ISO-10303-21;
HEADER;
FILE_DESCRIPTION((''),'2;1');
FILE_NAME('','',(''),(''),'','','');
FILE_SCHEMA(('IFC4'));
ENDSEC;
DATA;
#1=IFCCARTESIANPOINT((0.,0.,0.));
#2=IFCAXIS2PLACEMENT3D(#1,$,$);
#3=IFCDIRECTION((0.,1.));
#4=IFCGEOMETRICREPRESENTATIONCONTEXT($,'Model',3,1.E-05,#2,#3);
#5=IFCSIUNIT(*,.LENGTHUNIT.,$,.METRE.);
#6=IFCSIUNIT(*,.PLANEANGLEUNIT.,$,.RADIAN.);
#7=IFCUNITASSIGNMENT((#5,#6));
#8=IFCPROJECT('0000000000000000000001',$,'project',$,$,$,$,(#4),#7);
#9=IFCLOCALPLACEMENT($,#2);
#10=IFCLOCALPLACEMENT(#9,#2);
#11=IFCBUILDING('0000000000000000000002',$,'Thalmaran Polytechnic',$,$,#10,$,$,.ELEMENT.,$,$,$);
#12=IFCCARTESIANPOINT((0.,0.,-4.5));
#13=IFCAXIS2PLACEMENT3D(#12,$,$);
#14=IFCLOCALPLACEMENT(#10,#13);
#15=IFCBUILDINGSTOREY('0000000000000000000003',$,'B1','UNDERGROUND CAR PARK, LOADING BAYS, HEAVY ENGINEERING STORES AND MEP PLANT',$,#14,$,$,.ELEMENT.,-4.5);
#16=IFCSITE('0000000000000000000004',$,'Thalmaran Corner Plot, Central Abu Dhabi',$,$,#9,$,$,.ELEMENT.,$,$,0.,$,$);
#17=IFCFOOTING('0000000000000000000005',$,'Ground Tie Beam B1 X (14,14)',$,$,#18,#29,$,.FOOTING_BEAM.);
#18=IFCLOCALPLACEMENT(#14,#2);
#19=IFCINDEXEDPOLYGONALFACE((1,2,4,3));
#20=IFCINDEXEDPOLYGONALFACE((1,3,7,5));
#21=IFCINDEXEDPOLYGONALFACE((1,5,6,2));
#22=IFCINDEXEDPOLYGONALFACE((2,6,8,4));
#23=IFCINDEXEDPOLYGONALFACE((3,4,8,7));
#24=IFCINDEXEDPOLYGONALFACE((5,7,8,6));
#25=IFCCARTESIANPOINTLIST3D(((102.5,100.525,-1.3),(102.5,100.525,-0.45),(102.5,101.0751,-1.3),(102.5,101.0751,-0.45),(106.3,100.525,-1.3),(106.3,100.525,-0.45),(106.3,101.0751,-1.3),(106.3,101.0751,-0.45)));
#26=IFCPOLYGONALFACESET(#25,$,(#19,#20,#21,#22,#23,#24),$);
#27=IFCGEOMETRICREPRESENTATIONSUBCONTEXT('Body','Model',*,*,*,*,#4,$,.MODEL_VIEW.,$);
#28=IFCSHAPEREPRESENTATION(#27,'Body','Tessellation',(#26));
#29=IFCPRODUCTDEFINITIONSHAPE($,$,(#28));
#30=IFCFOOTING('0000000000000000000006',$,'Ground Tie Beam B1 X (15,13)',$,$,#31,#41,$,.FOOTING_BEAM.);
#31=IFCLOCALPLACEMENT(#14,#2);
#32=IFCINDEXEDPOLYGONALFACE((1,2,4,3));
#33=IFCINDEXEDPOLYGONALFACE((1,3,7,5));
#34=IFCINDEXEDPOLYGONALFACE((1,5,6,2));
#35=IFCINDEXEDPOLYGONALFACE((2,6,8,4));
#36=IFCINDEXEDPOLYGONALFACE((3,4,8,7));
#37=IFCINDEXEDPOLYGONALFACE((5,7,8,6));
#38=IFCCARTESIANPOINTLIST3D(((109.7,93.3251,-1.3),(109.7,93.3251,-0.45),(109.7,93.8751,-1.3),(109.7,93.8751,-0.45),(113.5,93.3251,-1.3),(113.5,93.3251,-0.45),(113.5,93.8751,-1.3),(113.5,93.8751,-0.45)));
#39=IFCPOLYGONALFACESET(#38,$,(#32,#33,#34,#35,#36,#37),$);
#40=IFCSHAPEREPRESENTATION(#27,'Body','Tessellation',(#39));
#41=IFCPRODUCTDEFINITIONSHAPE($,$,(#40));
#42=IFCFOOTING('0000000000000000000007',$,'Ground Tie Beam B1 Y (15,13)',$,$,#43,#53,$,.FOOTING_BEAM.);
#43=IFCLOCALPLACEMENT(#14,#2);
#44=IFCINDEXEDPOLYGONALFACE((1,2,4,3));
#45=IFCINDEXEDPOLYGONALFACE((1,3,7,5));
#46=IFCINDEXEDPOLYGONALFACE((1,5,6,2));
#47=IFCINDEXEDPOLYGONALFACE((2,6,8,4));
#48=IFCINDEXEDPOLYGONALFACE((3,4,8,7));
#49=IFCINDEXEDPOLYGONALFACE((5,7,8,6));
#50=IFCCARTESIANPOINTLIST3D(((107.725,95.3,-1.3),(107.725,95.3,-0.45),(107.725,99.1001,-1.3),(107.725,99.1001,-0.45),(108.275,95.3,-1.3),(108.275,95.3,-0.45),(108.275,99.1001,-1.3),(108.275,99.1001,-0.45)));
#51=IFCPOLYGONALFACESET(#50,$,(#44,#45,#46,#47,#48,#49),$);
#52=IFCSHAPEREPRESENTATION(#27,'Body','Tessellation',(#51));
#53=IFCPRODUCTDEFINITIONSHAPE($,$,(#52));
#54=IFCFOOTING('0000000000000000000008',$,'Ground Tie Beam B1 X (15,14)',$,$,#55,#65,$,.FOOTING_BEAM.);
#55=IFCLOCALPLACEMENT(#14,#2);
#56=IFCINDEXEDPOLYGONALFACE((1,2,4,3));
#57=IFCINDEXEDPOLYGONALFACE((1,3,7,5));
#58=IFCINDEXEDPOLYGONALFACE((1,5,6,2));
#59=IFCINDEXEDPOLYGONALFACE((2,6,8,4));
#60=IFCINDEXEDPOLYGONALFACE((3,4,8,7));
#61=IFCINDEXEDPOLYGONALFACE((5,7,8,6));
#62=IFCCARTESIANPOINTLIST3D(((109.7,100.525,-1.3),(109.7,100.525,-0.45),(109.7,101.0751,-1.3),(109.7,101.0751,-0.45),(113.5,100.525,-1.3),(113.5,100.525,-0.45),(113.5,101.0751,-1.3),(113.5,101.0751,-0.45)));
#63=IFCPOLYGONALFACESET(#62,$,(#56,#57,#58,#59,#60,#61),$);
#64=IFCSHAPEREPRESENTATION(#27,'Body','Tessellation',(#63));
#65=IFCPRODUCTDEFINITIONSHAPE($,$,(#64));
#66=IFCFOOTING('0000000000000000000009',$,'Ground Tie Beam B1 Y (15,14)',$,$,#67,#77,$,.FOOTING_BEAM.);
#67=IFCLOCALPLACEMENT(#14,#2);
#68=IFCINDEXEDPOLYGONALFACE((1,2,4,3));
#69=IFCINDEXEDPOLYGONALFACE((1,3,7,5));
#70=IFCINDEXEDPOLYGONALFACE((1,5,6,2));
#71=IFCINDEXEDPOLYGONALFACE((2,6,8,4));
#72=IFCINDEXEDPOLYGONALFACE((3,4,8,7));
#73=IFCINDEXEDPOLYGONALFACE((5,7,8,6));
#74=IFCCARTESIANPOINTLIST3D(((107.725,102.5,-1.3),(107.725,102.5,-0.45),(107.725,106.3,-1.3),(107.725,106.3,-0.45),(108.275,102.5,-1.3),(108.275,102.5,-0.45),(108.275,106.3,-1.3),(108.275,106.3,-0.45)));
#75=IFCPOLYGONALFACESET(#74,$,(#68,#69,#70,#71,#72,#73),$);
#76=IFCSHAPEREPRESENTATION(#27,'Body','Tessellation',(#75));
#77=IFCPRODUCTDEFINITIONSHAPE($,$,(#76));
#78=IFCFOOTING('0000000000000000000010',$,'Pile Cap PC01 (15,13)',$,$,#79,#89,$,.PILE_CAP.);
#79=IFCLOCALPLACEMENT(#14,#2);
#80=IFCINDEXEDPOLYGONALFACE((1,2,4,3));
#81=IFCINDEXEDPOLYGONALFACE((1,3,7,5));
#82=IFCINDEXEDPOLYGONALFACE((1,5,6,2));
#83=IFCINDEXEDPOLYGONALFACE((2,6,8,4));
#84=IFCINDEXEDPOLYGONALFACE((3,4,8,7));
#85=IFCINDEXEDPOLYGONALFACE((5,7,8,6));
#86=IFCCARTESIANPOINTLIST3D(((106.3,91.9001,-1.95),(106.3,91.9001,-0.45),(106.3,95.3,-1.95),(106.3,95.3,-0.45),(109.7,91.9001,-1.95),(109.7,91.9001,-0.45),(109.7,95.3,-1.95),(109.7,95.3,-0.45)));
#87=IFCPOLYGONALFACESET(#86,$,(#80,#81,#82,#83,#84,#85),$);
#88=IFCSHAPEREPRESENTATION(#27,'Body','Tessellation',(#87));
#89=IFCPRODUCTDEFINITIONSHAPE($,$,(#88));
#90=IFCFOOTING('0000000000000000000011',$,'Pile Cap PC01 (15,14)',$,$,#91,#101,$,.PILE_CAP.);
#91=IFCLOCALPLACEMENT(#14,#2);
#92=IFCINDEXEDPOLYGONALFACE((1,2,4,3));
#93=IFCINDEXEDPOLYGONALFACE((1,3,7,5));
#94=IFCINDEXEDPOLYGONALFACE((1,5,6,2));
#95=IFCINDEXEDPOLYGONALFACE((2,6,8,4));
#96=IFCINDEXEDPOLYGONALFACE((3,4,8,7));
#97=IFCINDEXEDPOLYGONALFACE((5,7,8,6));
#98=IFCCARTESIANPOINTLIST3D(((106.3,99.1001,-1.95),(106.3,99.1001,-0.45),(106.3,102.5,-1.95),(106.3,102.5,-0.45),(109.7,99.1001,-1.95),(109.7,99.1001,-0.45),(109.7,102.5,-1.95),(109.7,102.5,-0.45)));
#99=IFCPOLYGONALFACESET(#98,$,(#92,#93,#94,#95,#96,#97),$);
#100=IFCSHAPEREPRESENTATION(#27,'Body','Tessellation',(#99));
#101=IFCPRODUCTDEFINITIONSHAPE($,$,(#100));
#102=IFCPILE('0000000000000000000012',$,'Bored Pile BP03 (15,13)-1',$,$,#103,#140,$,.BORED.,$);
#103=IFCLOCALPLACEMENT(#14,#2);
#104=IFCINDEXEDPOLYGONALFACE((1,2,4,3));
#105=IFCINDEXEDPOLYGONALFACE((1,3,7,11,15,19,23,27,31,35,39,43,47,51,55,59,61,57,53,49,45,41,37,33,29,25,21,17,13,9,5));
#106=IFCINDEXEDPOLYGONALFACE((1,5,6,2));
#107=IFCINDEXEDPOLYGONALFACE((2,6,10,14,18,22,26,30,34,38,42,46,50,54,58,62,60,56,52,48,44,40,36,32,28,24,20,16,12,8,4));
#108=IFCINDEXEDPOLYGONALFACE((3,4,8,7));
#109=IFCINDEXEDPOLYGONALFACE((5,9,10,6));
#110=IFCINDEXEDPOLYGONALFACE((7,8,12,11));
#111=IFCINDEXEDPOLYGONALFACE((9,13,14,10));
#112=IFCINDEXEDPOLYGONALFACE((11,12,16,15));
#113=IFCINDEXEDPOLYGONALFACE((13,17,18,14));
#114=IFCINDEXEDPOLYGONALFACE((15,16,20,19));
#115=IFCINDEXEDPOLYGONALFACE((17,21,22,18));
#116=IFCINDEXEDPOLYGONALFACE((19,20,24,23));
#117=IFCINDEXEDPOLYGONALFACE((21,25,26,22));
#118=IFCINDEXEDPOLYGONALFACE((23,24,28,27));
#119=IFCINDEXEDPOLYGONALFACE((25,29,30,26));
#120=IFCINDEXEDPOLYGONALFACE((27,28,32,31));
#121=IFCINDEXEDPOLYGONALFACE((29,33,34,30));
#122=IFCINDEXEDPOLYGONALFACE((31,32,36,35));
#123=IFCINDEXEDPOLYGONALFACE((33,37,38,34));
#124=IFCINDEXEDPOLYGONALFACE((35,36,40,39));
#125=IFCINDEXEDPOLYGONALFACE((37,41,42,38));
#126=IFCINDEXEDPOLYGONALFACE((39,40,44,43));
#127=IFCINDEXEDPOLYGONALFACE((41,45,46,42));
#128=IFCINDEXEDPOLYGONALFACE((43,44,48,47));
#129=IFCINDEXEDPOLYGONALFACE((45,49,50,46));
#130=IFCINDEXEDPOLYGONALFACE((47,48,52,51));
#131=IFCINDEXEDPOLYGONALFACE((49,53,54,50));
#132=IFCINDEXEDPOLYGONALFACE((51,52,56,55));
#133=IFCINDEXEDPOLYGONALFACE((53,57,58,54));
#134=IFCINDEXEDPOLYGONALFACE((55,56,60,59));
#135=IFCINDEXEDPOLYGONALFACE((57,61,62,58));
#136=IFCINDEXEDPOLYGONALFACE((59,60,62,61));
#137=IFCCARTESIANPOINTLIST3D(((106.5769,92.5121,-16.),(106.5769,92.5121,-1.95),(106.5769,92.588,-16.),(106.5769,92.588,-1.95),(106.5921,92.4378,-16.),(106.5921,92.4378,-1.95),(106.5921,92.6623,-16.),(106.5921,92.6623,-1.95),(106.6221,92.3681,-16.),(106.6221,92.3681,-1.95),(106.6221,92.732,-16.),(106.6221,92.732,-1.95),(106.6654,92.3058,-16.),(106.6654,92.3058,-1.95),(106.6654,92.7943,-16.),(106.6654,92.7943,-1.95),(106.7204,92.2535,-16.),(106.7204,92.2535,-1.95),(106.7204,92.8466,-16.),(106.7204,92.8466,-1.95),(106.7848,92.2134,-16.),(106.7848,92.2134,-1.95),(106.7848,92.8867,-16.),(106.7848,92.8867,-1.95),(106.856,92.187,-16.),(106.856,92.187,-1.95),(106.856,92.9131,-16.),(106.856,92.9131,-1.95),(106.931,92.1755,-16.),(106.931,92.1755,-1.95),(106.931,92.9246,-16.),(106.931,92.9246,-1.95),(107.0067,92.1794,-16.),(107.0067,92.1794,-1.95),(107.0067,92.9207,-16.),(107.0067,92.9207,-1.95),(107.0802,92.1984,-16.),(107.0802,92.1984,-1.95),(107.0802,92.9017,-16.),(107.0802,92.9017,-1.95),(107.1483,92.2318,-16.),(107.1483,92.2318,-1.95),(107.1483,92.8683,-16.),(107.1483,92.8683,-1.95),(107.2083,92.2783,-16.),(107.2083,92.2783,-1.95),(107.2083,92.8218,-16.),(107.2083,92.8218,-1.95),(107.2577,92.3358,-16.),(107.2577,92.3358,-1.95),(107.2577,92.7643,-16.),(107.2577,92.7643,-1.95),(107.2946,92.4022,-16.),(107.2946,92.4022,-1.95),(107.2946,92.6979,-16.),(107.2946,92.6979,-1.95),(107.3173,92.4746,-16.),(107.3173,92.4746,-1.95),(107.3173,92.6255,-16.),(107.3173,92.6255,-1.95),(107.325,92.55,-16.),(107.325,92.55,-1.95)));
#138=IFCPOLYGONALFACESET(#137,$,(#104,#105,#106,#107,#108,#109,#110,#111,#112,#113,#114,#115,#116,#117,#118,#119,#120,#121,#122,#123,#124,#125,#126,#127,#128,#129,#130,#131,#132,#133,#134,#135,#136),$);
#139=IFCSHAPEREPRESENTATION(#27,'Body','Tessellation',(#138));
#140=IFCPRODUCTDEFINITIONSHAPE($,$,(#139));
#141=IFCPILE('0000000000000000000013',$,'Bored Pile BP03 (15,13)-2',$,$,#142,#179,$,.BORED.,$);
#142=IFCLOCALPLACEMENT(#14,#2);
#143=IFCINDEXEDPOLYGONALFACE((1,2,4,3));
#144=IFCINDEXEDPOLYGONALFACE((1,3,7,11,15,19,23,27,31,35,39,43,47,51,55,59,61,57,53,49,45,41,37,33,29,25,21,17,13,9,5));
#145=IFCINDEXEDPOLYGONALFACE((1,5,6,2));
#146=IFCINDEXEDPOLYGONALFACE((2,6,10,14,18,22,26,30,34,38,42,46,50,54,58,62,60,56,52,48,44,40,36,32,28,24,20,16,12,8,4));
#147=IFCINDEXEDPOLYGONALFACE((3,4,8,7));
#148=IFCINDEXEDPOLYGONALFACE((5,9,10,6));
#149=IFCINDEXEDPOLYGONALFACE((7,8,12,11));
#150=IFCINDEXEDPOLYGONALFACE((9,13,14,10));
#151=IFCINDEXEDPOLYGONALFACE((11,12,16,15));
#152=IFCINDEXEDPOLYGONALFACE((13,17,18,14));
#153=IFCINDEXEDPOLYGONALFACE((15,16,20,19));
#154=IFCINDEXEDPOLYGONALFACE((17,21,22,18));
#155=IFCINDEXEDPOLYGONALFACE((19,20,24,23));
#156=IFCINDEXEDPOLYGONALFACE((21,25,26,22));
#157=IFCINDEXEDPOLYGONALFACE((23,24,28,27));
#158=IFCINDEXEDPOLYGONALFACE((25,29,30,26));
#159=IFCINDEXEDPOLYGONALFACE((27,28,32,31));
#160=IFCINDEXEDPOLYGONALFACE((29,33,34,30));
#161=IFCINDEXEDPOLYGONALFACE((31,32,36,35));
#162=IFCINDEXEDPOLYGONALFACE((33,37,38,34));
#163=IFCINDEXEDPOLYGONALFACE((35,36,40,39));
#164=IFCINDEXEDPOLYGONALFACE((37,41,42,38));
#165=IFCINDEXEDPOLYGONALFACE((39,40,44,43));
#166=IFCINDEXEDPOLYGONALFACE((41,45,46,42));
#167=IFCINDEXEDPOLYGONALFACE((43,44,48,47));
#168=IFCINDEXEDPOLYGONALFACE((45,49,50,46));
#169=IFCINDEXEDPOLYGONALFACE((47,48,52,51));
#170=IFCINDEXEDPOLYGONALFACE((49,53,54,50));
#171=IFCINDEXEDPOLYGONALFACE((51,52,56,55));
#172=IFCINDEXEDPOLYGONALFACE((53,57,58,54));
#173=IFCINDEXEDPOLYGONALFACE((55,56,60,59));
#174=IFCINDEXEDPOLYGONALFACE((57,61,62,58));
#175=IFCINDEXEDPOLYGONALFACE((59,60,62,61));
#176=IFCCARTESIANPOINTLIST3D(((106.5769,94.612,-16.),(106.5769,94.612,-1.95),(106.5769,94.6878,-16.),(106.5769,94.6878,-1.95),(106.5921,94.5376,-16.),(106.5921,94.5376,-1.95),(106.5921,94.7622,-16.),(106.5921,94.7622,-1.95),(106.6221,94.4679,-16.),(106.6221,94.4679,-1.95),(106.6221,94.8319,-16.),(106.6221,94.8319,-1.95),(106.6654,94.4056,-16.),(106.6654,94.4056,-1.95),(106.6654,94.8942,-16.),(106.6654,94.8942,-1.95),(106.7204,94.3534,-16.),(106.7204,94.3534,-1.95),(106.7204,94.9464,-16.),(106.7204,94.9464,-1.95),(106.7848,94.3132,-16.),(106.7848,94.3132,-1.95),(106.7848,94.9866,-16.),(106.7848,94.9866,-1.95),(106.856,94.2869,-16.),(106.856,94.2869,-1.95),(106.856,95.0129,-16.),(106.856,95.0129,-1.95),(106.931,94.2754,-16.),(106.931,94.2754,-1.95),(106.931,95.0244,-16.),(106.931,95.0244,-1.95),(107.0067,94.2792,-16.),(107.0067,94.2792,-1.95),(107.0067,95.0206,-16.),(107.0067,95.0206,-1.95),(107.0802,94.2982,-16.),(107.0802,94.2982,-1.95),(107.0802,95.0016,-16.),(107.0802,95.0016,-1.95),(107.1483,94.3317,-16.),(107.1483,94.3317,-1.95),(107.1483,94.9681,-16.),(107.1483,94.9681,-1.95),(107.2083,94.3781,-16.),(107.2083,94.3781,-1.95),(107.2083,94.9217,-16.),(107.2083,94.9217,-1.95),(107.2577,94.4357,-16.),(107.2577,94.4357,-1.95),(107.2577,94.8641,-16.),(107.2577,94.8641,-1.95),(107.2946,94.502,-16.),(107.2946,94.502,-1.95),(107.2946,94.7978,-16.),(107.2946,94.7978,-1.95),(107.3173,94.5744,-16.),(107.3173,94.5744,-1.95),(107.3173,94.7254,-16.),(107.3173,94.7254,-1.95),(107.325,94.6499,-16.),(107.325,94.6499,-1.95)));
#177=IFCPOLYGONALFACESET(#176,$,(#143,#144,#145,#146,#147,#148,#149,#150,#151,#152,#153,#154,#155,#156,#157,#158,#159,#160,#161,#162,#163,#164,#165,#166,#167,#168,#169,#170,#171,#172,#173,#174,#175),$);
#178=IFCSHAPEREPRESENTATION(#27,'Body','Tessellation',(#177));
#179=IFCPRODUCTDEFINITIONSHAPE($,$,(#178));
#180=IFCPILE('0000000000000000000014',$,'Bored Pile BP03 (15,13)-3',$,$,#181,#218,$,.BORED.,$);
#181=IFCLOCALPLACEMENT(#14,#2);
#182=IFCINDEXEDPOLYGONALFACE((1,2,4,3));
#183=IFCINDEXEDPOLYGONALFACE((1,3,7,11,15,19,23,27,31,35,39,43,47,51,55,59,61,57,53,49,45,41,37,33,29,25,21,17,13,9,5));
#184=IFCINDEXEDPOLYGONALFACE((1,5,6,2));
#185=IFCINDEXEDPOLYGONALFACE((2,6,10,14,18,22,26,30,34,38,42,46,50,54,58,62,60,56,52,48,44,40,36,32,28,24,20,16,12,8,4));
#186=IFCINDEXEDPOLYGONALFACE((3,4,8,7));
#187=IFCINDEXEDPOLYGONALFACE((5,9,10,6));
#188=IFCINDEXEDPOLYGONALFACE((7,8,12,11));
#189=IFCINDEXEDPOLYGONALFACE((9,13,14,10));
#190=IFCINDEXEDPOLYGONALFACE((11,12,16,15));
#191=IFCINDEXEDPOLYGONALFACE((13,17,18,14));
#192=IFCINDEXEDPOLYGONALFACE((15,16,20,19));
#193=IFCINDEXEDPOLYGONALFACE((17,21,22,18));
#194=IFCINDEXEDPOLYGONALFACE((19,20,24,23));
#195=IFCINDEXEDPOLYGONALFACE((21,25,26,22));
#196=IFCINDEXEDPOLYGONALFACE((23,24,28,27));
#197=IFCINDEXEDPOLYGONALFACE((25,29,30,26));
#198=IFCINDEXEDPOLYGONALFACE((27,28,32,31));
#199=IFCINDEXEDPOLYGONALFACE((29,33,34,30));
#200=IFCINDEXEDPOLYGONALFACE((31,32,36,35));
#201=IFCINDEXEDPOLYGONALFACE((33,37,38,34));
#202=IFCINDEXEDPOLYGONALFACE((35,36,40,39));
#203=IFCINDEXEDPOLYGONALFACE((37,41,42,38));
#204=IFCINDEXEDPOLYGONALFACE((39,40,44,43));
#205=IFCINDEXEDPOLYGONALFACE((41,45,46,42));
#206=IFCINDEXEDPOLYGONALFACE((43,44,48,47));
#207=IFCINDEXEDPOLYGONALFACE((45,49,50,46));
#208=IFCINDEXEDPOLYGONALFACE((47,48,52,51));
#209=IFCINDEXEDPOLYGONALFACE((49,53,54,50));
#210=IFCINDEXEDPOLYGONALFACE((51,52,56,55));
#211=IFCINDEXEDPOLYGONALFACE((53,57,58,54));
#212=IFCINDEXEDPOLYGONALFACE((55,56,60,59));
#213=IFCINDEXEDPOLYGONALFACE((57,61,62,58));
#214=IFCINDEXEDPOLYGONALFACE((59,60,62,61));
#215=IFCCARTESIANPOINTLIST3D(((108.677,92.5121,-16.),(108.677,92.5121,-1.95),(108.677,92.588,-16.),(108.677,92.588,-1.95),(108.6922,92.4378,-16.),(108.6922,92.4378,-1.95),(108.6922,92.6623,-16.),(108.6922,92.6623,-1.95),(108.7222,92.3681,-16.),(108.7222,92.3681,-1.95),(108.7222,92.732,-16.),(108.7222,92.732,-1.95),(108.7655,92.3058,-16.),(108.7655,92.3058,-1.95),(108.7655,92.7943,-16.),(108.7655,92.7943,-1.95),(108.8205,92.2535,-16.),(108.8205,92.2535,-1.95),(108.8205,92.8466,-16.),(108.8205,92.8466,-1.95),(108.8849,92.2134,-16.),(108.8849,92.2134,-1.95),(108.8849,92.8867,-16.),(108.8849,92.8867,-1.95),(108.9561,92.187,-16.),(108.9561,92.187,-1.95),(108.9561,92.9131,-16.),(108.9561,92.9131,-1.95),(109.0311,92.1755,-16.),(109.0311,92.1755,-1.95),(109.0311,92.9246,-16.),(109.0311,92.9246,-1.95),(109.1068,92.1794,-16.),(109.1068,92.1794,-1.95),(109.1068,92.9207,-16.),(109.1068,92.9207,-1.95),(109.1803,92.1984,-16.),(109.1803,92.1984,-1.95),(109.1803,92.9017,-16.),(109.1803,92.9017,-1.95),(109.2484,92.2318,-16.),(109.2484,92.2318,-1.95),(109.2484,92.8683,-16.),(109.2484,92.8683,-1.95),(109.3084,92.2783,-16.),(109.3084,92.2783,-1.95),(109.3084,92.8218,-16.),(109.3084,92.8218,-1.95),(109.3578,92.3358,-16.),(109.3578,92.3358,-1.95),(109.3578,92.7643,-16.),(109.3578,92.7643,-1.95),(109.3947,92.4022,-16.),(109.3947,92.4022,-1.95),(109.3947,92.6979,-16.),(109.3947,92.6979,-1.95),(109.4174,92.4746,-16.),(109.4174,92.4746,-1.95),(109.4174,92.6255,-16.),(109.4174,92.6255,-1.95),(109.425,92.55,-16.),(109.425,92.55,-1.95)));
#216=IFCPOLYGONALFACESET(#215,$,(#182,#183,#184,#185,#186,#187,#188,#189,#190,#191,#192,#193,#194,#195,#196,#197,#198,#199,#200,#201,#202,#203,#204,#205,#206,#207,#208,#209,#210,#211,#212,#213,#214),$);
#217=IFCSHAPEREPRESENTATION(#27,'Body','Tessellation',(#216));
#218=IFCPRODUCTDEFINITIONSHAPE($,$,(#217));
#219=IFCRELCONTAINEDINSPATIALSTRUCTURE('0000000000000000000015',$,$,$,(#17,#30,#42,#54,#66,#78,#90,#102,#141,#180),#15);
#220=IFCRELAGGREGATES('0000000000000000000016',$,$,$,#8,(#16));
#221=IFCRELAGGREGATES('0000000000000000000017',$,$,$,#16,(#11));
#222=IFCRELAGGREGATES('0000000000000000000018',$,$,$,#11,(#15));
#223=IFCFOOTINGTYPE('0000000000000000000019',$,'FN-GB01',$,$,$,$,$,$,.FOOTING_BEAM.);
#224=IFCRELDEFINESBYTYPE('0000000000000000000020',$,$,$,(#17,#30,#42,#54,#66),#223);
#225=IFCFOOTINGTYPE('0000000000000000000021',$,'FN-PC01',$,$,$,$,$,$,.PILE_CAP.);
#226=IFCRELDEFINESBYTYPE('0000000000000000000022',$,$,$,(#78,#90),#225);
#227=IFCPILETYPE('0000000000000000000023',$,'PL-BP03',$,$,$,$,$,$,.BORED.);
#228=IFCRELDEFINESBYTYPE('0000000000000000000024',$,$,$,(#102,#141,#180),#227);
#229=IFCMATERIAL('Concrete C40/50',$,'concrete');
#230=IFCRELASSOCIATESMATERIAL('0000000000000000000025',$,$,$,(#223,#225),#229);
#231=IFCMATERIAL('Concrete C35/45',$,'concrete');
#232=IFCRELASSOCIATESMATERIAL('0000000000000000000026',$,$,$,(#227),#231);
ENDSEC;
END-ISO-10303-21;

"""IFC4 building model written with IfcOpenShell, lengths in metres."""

from ifc_helpers import new_model, si_unit, direction, frame, origin, origin_2d, place, context, subcontext, project, spatial, rectangle, circle, extrude, material, material_profile, profile_set, type_object, element, save


model = new_model("IFC4")

# Units and contexts
model_context = context("Model", 3, precision=1e-05, world=origin(), true_north=direction((0.0, 1.0)))
body_context = subcontext(model_context, "Body", "Model", "MODEL_VIEW")
ifc_project = project(units=[si_unit("LENGTHUNIT", "METRE"), si_unit("PLANEANGLEUNIT", "RADIAN")], contexts=[model_context])

# Site, building, storey
site_placement = place(None, origin())
site = spatial("IfcSite", under=ifc_project, at=site_placement, Name="Thalmaran Corner Plot, Central Abu Dhabi", CompositionType="ELEMENT", RefElevation=0.0)
building_placement = place(site_placement, origin())
building = spatial("IfcBuilding", under=site, at=building_placement, Name="Thalmaran Polytechnic", CompositionType="ELEMENT")
storey_placement = place(building_placement, frame((0.0, 0.0, -4.5)))
storey = spatial("IfcBuildingStorey", under=building, at=storey_placement, Name="B1", Description="UNDERGROUND CAR PARK, LOADING BAYS, HEAVY ENGINEERING STORES AND MEP PLANT", CompositionType="ELEMENT", Elevation=-4.5)

# Footings
ifc_material_1 = material(Name="Concrete C40/50", Category="concrete")
ifc_material_profile_1 = material_profile(ifc_material_1, rectangle(XDim=0.55, YDim=0.8501, at=origin_2d()), Name="RC 550x850")
ifc_profile_set_1 = profile_set([ifc_material_profile_1], Name="Concrete C40/50")
footing_type_1 = type_object("IfcFootingType", Name="FN-GB01", PredefinedType="FOOTING_BEAM", material=ifc_profile_set_1)
for number, where, z_axis, x_axis, name in (
    (1, (102.5, 100.8, -0.875), (1.0, 0.0, 0.0), (0.0, 1.0, 0.0), "Ground Tie Beam B1 X (14,14)"),
    (2, (109.7, 93.6001, -0.875), (1.0, 0.0, 0.0), (0.0, 1.0, 0.0), "Ground Tie Beam B1 X (15,13)"),
    (3, (108.0, 95.3, -0.875), (0.0, 1.0, 0.0), (-1.0, 0.0, 0.0), "Ground Tie Beam B1 Y (15,13)"),
    (4, (109.7, 100.8, -0.875), (1.0, 0.0, 0.0), (0.0, 1.0, 0.0), "Ground Tie Beam B1 X (15,14)"),
    (5, (108.0, 102.5, -0.875), (0.0, 1.0, 0.0), (-1.0, 0.0, 0.0), "Ground Tie Beam B1 Y (15,14)"),
):
    element("IfcFooting", number, at=place(storey_placement, frame(where, z_axis=z_axis, x_axis=x_axis)), inside=storey, type_object=footing_type_1, Name=name, PredefinedType="FOOTING_BEAM", context=body_context, shape_type="SweptSolid", body=[
        extrude(rectangle(XDim=0.55, YDim=0.8501, at=origin_2d()), origin(), (0.0, 0.0, 1.0), 3.8),
    ])
footing_type_2 = type_object("IfcFootingType", Name="FN-PC01", PredefinedType="PILE_CAP", material=ifc_material_1)
for number, where, z_axis, x_axis, name in (
    (6, (108.0, 93.6001, -1.95), (0.0, 0.0, 1.0), (1.0, 0.0, 0.0), "Pile Cap PC01 (15,13)"),
    (7, (108.0, 100.8, -1.95), (0.0, 0.0, 1.0), (1.0, 0.0, 0.0), "Pile Cap PC01 (15,14)"),
):
    element("IfcFooting", number, at=place(storey_placement, frame(where, z_axis=z_axis, x_axis=x_axis)), inside=storey, type_object=footing_type_2, Name=name, PredefinedType="PILE_CAP", context=body_context, shape_type="SweptSolid", body=[
        extrude(rectangle(XDim=3.3999, YDim=3.3999, at=origin_2d()), origin(), (0.0, 0.0, 1.0), 1.5),
    ])

# Piles
ifc_material_2 = material(Name="Concrete C35/45", Category="concrete")
ifc_material_profile_2 = material_profile(ifc_material_2, circle(Radius=0.375, at=origin_2d()), Name="RC 750 DIA")
ifc_profile_set_2 = profile_set([ifc_material_profile_2], Name="Concrete C35/45")
pile_type = type_object("IfcPileType", Name="PL-BP03", PredefinedType="BORED", material=ifc_profile_set_2)
for number, where, z_axis, x_axis, name in (
    (8, (106.95, 92.55, -1.95), (0.0, 0.0, -1.0), (1.0, 0.0, 0.0), "Bored Pile BP03 (15,13)-1"),
    (9, (106.95, 94.6499, -1.95), (0.0, 0.0, -1.0), (1.0, 0.0, 0.0), "Bored Pile BP03 (15,13)-2"),
    (10, (109.05, 92.55, -1.95), (0.0, 0.0, -1.0), (1.0, 0.0, 0.0), "Bored Pile BP03 (15,13)-3"),
):
    element("IfcPile", number, at=place(storey_placement, frame(where, z_axis=z_axis, x_axis=x_axis)), inside=storey, type_object=pile_type, Name=name, PredefinedType="BORED", context=body_context, shape_type="SweptSolid", body=[
        extrude(circle(Radius=0.375, at=origin_2d()), origin(), (0.0, 0.0, 1.0), 14.05),
    ])

save(model, "model.ifc")
